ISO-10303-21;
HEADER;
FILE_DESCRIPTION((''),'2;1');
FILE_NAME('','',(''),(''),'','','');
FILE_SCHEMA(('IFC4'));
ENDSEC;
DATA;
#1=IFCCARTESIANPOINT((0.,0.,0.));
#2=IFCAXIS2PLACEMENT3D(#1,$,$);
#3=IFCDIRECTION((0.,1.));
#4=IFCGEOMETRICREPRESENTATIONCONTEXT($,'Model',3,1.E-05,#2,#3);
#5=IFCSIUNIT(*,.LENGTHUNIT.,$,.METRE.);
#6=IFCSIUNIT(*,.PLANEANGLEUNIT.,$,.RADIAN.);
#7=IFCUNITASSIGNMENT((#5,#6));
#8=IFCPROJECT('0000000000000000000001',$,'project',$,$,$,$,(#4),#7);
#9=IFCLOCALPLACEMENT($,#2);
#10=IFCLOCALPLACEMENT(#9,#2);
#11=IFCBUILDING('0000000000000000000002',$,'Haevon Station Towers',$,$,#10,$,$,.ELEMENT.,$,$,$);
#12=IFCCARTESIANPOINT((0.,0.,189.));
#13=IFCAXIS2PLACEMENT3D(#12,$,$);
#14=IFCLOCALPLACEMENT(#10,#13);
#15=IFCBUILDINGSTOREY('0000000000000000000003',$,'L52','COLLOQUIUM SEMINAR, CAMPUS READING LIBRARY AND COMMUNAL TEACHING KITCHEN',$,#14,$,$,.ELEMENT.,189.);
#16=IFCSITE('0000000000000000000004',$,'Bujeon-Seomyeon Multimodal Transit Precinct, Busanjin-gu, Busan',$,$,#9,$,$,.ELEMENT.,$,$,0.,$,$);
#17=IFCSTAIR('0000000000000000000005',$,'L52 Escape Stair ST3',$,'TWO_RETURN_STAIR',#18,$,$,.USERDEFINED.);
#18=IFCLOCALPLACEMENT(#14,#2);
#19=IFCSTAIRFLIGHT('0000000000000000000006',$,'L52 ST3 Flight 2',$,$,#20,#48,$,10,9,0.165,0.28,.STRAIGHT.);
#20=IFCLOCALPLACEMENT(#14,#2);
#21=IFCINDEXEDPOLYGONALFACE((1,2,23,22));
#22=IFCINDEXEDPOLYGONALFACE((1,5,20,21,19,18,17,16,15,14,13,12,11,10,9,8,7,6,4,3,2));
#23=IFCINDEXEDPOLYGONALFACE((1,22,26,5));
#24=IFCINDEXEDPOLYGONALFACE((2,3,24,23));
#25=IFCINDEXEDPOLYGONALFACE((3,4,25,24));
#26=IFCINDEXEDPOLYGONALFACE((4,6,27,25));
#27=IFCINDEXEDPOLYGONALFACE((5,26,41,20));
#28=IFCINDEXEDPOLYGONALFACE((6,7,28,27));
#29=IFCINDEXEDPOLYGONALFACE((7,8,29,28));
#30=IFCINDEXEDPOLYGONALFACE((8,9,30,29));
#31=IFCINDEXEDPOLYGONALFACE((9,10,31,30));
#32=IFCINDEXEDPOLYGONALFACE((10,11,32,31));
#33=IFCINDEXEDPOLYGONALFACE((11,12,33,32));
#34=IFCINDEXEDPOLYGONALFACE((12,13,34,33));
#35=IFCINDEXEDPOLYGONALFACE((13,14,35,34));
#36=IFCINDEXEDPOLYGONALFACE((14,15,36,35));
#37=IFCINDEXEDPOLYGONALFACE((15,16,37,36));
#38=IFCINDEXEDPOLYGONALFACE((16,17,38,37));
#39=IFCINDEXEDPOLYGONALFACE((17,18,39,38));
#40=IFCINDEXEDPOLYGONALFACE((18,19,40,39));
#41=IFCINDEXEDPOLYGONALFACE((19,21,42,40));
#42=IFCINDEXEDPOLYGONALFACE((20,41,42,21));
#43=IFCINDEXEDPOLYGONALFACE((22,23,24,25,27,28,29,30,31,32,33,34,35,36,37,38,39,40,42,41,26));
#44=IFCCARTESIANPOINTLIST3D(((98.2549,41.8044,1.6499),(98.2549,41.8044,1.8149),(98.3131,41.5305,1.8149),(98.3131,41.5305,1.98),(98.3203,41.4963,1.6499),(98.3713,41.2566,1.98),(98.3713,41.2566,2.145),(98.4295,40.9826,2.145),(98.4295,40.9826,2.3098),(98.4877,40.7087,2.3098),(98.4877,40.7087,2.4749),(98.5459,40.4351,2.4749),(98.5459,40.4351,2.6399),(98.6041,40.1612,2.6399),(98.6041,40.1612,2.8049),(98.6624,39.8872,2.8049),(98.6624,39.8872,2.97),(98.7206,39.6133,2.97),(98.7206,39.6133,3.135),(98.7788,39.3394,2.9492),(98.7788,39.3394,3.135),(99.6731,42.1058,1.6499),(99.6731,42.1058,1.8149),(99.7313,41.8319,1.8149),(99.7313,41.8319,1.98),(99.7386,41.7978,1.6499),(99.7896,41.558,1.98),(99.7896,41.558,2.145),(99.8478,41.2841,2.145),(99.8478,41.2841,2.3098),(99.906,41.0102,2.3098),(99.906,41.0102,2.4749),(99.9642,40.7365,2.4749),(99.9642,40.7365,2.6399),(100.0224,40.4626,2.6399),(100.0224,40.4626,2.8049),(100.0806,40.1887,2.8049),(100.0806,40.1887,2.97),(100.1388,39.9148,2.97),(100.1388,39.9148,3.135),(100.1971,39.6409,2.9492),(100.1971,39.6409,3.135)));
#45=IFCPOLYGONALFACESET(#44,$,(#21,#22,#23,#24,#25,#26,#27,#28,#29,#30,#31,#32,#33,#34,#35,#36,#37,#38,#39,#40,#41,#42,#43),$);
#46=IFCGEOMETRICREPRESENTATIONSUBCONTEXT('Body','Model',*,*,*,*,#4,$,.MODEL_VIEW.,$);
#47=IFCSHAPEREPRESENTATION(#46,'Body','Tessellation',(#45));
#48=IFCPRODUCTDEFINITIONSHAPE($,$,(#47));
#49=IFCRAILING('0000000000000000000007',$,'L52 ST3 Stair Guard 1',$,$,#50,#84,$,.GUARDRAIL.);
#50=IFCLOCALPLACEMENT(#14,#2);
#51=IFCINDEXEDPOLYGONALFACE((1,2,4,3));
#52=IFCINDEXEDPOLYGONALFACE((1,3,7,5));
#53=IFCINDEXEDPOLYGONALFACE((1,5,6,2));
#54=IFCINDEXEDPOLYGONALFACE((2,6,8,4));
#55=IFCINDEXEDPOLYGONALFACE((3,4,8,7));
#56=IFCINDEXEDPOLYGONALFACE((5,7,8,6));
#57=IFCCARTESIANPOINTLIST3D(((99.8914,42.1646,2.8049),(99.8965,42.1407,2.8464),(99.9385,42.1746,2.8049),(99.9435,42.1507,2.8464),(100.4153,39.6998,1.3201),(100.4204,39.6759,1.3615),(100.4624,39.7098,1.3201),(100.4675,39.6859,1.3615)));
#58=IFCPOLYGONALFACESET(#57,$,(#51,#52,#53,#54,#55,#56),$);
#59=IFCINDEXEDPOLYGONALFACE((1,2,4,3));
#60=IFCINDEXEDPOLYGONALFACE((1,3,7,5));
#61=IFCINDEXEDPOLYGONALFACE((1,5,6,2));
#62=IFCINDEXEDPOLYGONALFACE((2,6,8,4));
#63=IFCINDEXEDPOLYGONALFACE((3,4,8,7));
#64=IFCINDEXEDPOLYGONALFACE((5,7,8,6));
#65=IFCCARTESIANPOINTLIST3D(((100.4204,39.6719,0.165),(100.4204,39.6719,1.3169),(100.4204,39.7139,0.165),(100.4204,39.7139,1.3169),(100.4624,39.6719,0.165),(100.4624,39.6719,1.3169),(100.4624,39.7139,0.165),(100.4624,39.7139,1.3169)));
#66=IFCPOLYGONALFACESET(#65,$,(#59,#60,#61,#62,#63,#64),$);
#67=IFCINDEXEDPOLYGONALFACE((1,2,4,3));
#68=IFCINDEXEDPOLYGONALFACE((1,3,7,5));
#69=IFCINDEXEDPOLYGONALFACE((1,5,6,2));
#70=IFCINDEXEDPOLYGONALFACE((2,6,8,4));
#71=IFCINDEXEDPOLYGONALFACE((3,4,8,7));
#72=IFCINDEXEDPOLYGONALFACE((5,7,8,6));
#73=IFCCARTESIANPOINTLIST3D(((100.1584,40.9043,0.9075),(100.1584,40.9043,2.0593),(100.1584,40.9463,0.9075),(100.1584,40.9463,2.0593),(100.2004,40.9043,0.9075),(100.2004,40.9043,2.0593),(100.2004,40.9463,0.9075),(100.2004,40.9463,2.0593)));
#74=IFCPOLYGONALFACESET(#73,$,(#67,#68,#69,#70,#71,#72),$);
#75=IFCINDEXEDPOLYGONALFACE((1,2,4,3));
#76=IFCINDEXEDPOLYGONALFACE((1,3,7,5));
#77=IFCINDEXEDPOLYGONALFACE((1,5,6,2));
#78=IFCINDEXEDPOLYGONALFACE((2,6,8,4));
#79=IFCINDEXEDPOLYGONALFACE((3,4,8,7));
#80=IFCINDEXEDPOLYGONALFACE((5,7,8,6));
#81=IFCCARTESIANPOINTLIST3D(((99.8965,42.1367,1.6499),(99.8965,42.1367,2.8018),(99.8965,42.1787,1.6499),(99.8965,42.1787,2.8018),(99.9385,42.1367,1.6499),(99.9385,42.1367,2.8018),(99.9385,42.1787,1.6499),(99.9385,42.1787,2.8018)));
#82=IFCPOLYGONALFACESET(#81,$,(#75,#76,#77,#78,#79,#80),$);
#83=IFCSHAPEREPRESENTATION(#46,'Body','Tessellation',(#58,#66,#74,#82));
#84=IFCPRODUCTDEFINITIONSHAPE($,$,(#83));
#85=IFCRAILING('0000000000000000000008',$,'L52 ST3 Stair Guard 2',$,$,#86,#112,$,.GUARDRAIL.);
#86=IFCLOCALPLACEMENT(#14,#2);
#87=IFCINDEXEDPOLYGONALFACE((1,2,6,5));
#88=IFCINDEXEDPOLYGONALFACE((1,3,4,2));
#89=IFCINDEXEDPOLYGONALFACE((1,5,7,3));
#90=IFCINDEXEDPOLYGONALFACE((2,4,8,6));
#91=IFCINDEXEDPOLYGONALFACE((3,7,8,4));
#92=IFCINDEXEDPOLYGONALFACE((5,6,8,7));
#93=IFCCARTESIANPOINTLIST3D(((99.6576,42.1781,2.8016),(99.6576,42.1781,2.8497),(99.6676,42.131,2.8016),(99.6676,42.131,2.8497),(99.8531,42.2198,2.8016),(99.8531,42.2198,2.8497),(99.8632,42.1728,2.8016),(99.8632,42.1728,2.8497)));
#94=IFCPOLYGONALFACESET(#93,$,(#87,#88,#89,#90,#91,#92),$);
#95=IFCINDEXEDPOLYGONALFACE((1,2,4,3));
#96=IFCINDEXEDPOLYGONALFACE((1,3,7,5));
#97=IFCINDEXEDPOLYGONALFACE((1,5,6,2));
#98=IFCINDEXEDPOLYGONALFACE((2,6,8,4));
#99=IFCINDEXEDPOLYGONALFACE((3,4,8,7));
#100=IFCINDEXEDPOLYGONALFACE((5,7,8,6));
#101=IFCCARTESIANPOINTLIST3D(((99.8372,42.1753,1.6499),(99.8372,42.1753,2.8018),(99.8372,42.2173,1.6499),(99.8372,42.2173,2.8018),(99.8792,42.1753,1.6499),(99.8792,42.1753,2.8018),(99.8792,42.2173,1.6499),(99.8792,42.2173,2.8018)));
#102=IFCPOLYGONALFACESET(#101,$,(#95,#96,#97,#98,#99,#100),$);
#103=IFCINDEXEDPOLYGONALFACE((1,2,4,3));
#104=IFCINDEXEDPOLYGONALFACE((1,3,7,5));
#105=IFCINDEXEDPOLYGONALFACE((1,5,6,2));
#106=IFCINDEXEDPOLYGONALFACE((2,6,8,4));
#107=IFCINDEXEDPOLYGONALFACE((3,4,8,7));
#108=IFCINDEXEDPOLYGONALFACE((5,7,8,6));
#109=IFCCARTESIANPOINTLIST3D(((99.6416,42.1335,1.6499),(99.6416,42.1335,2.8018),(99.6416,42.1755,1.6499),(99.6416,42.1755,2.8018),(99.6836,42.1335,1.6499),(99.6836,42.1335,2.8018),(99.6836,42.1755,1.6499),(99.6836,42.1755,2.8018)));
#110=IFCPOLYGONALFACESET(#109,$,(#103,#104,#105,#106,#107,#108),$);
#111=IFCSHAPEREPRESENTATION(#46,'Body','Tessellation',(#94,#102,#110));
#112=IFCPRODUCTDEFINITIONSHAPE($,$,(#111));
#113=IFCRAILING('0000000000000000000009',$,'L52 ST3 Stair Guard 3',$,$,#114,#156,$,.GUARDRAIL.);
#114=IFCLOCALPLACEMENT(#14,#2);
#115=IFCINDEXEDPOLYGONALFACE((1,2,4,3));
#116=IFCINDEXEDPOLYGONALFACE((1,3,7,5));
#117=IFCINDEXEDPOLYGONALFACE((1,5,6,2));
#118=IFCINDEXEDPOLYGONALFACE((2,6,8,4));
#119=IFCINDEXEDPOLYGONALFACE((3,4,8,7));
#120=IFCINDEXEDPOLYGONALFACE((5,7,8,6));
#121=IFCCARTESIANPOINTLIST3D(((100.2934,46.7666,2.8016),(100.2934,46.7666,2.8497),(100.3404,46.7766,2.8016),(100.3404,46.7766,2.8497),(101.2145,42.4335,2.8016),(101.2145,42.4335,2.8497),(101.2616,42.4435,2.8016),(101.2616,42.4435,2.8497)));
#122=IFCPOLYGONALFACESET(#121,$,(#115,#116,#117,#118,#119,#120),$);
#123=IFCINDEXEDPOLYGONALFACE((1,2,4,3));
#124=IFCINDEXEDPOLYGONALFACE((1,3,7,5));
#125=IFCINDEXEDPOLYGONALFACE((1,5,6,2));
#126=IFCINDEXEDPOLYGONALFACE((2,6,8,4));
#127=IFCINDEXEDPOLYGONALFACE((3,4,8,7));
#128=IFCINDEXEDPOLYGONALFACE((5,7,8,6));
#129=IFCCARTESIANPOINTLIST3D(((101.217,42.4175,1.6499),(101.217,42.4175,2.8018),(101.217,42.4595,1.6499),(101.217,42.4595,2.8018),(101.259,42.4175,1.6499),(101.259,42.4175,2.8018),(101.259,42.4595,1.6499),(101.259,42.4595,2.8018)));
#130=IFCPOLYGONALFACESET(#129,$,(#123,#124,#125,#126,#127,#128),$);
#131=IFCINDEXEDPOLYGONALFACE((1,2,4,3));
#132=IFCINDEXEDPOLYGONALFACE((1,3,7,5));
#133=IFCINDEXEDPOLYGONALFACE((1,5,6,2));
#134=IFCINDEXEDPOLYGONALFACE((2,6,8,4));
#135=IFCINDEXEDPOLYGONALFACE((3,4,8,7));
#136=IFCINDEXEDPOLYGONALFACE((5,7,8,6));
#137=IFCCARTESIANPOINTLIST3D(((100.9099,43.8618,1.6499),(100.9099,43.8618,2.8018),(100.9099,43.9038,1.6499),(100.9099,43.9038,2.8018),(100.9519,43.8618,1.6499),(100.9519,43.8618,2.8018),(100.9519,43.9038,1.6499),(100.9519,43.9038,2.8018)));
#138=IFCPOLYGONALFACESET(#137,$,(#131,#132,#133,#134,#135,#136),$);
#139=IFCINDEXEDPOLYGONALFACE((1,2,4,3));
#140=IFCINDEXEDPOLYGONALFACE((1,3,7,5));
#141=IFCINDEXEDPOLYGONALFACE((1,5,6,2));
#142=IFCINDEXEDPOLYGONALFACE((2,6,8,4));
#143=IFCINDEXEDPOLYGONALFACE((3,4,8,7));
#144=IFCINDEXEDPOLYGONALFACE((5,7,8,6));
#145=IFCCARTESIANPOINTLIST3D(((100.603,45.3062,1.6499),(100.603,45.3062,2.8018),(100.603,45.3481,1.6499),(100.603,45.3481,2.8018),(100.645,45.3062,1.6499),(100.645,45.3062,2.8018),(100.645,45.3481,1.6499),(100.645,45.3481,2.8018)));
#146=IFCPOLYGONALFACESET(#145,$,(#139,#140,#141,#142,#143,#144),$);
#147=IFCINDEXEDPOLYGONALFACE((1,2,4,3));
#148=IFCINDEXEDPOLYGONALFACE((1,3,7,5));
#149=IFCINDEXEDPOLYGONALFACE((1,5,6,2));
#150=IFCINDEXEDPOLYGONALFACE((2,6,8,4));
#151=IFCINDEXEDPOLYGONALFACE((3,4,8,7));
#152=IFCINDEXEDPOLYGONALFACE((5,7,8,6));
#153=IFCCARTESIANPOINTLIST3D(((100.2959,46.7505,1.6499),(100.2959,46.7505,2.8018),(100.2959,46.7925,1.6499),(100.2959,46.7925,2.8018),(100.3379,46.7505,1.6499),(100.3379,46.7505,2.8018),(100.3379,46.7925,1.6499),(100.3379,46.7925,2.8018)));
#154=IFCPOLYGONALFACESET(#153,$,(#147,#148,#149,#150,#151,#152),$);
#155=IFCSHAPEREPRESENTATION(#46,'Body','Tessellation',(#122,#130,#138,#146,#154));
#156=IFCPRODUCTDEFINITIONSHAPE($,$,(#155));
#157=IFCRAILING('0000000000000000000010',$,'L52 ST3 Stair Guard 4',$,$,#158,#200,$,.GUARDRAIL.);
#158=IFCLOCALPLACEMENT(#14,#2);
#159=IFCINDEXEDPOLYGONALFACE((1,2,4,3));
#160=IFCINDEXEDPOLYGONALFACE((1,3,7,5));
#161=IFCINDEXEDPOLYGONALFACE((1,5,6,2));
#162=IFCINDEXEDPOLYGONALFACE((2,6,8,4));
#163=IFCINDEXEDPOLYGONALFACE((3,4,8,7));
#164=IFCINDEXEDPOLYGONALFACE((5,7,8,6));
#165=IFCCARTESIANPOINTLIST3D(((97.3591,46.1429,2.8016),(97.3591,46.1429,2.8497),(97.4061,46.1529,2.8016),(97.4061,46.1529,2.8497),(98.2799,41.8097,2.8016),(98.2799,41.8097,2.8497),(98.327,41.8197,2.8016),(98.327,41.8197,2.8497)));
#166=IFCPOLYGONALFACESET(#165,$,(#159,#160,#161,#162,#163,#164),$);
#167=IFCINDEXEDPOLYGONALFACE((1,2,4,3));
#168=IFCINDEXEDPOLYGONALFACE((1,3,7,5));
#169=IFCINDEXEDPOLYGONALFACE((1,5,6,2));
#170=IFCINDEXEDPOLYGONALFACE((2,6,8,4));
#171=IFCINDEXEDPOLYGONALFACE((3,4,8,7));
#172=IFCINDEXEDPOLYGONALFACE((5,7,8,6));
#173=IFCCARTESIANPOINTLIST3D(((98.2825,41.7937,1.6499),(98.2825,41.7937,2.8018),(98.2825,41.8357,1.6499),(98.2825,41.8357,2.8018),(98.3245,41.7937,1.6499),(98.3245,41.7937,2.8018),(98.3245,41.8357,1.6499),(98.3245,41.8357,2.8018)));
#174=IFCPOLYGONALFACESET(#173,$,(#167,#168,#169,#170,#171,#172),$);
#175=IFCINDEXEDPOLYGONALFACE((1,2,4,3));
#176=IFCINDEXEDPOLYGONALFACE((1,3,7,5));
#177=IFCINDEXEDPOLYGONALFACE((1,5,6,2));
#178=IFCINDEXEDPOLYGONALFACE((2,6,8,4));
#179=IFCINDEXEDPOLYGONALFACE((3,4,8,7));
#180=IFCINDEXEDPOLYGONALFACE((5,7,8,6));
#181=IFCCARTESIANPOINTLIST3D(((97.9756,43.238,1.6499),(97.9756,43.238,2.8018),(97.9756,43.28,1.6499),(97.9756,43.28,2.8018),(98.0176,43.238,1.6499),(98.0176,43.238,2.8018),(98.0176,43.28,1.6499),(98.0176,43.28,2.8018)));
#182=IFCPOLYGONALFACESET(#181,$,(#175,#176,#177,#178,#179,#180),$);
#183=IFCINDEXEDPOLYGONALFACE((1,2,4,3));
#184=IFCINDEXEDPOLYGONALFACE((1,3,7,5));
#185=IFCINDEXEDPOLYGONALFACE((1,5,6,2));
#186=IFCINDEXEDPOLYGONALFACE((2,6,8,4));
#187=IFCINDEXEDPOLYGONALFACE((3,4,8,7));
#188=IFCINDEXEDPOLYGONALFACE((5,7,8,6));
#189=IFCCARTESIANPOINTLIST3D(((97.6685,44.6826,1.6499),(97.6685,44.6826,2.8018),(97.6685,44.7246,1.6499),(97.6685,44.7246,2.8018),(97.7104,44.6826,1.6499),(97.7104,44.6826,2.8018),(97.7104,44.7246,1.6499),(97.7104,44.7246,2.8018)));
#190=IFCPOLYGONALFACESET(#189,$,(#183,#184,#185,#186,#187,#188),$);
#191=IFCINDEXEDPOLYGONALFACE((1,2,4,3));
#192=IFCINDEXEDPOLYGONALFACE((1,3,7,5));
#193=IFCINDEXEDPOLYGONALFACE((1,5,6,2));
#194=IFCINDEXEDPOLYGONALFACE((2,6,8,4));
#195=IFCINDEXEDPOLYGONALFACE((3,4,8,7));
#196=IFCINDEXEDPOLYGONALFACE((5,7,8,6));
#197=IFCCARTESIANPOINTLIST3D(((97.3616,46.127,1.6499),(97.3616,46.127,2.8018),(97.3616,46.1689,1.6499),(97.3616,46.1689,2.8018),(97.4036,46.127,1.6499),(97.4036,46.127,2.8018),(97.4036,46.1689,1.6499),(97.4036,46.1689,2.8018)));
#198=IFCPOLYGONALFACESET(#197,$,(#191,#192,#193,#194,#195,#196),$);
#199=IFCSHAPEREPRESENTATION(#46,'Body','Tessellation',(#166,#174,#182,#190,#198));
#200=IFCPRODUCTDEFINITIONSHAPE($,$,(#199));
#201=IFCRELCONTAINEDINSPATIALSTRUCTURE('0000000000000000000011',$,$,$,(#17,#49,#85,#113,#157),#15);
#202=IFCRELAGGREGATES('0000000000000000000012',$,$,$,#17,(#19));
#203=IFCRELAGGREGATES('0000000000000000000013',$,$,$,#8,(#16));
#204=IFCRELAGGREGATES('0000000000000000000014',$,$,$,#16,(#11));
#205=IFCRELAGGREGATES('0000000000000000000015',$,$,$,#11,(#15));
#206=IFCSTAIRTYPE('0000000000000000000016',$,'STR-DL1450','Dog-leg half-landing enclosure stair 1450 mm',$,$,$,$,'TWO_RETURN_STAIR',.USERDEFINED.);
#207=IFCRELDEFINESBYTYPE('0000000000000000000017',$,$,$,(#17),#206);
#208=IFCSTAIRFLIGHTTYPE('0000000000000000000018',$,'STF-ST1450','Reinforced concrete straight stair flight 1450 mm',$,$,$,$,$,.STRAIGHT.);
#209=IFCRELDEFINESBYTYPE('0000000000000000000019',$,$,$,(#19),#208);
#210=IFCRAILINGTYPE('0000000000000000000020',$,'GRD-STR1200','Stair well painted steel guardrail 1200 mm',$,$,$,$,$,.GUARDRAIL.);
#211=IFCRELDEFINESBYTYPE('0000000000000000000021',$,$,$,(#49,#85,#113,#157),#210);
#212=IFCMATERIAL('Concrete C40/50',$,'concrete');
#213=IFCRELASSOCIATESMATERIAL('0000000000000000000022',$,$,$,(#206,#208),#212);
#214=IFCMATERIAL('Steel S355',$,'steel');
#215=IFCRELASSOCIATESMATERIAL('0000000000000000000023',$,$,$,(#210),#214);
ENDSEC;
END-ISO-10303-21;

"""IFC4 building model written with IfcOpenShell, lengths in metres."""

from ifc_helpers import new_model, si_unit, direction, frame, origin, origin_2d, place, context, subcontext, project, spatial, polyline, rectangle, outline, extrude, material, type_object, element, aggregate, save


model = new_model("IFC4")

# Units and contexts
model_context = context("Model", 3, precision=1e-05, world=origin(), true_north=direction((0.0, 1.0)))
body_context = subcontext(model_context, "Body", "Model", "MODEL_VIEW")
ifc_project = project(units=[si_unit("LENGTHUNIT", "METRE"), si_unit("PLANEANGLEUNIT", "RADIAN")], contexts=[model_context])

# Site, building, storey
site_placement = place(None, origin())
site = spatial("IfcSite", under=ifc_project, at=site_placement, Name="Bujeon-Seomyeon Multimodal Transit Precinct, Busanjin-gu, Busan", CompositionType="ELEMENT", RefElevation=0.0)
building_placement = place(site_placement, origin())
building = spatial("IfcBuilding", under=site, at=building_placement, Name="Haevon Station Towers", CompositionType="ELEMENT")
storey_placement = place(building_placement, frame((0.0, 0.0, 189.0)))
storey = spatial("IfcBuildingStorey", under=building, at=storey_placement, Name="L52", Description="COLLOQUIUM SEMINAR, CAMPUS READING LIBRARY AND COMMUNAL TEACHING KITCHEN", CompositionType="ELEMENT", Elevation=189.0)

# Shared definitions
ifc_material_1 = material(Name="Steel S355", Category="steel")

# Shared definitions
ifc_material_2 = material(Name="Concrete C40/50", Category="concrete")

# Stair, stair flight
stair_type = type_object("IfcStairType", Name="STR-DL1450", Description="Dog-leg half-landing enclosure stair 1450 mm", ElementType="TWO_RETURN_STAIR", PredefinedType="USERDEFINED", material=ifc_material_2)
stair_placement = place(storey_placement, origin())
stair = element("IfcStair", 1, at=stair_placement, inside=storey, type_object=stair_type, Name="L52 Escape Stair ST3", ObjectType="TWO_RETURN_STAIR", PredefinedType="USERDEFINED")
stair_flight_type = type_object("IfcStairFlightType", Name="STF-ST1450", Description="Reinforced concrete straight stair flight 1450 mm", PredefinedType="STRAIGHT", material=ifc_material_2)
stair_flight_1_placement = place(storey_placement, frame((98.9639, 41.9551, 1.6499), z_axis=(0.0, 0.0, 1.0), x_axis=(0.207912, -0.978148, 0.0)))
stair_flight_1 = element("IfcStairFlight", 2, at=stair_flight_1_placement, type_object=stair_flight_type, Name="L52 ST3 Flight 2", NumberOfRisers=10, NumberOfTreads=9, PredefinedType="STRAIGHT", RiserHeight=0.165, TreadLength=0.28, context=body_context, shape_type="SweptSolid", body=[
    extrude(outline(polyline([(0.0, 0.0), (0.0, 0.165), (0.28, 0.165), (0.28, 0.3301), (0.5601, 0.3301), (0.5601, 0.4951), (0.8401, 0.4951), (0.8401, 0.6599), (1.1201, 0.6599), (1.1201, 0.825), (1.3999, 0.825), (1.3999, 0.99), (1.6799, 0.99), (1.6799, 1.155), (1.96, 1.155), (1.96, 1.3201), (2.24, 1.3201), (2.24, 1.4851), (2.52, 1.4851), (2.52, 1.6499), (2.52, 1.2993), (0.3149, 0.0), (0.0, 0.0)])), frame((0.0, 0.7251, 0.0), z_axis=(0.0, -1.0, 0.0), x_axis=(1.0, 0.0, 0.0)), (0.0, 0.0, 1.0), 1.45),
])
aggregate(stair, [stair_flight_1])

# Railings
railing_type_1 = type_object("IfcRailingType", Name="GRD-STR1200", Description="Stair well painted steel guardrail 1200 mm", PredefinedType="GUARDRAIL", material=ifc_material_1)
railing_1_placement = place(storey_placement, frame((100.4414, 39.6929, 0.165)))
element("IfcRailing", 3, at=railing_1_placement, inside=storey, type_object=railing_type_1, Name="L52 ST3 Stair Guard 1", PredefinedType="GUARDRAIL", context=body_context, shape_type="SweptSolid", body=[
    extrude(rectangle(XDim=0.0481, YDim=0.0481, at=origin_2d()), frame((0.0, 0.0, 1.1758), z_axis=(-0.179129, 0.842724, 0.507671), x_axis=(-0.978147, -0.207914, 0.0)), (0.0, 0.0, 1.0), 2.9248),
    extrude(rectangle(XDim=0.042, YDim=0.042, at=origin_2d()), origin(), (0.0, 0.0, 1.0), 1.1519),
    extrude(rectangle(XDim=0.042, YDim=0.042, at=origin_2d()), frame((-0.262, 1.2324, 0.7424)), (0.0, 0.0, 1.0), 1.1519),
    extrude(rectangle(XDim=0.042, YDim=0.042, at=origin_2d()), frame((-0.5239, 2.4648, 1.4849)), (0.0, 0.0, 1.0), 1.1519),
])
railing_2_placement = place(storey_placement, frame((99.8582, 42.1963, 1.6499)))
element("IfcRailing", 4, at=railing_2_placement, inside=storey, type_object=railing_type_1, Name="L52 ST3 Stair Guard 2", PredefinedType="GUARDRAIL", context=body_context, shape_type="SweptSolid", body=[
    extrude(rectangle(XDim=0.0481, YDim=0.0481, at=origin_2d()), frame((0.0, 0.0, 1.1758), z_axis=(-0.977963, -0.208779, 0.0), x_axis=(0.208779, -0.977963, 0.0)), (0.0, 0.0, 1.0), 0.2),
    extrude(rectangle(XDim=0.042, YDim=0.042, at=origin_2d()), origin(), (0.0, 0.0, 1.0), 1.1519),
    extrude(rectangle(XDim=0.042, YDim=0.042, at=origin_2d()), frame((-0.1956, -0.0417, 0.0)), (0.0, 0.0, 1.0), 1.1519),
])
railing_3_placement = place(storey_placement, frame((101.238, 42.4385, 1.6499)))
element("IfcRailing", 5, at=railing_3_placement, inside=storey, type_object=railing_type_1, Name="L52 ST3 Stair Guard 3", PredefinedType="GUARDRAIL", context=body_context, shape_type="SweptSolid", body=[
    extrude(rectangle(XDim=0.0481, YDim=0.0481, at=origin_2d()), frame((0.0, 0.0, 1.1758), z_axis=(-0.20794, 0.978141, 0.0), x_axis=(-0.978141, -0.20794, 0.0)), (0.0, 0.0, 1.0), 4.4299),
    extrude(rectangle(XDim=0.042, YDim=0.042, at=origin_2d()), origin(), (0.0, 0.0, 1.0), 1.1519),
    extrude(rectangle(XDim=0.042, YDim=0.042, at=origin_2d()), frame((-0.3071, 1.4443, 0.0)), (0.0, 0.0, 1.0), 1.1519),
    extrude(rectangle(XDim=0.042, YDim=0.042, at=origin_2d()), frame((-0.614, 2.8887, 0.0)), (0.0, 0.0, 1.0), 1.1519),
    extrude(rectangle(XDim=0.042, YDim=0.042, at=origin_2d()), frame((-0.9211, 4.333, 0.0)), (0.0, 0.0, 1.0), 1.1519),
])
railing_4_placement = place(storey_placement, frame((98.3035, 41.8147, 1.6499)))
element("IfcRailing", 6, at=railing_4_placement, inside=storey, type_object=railing_type_1, Name="L52 ST3 Stair Guard 4", PredefinedType="GUARDRAIL", context=body_context, shape_type="SweptSolid", body=[
    extrude(rectangle(XDim=0.0481, YDim=0.0481, at=origin_2d()), frame((0.0, 0.0, 1.1758), z_axis=(-0.207877, 0.978155, 0.0), x_axis=(-0.978155, -0.207877, 0.0)), (0.0, 0.0, 1.0), 4.4299),
    extrude(rectangle(XDim=0.042, YDim=0.042, at=origin_2d()), origin(), (0.0, 0.0, 1.0), 1.1519),
    extrude(rectangle(XDim=0.042, YDim=0.042, at=origin_2d()), frame((-0.3069, 1.4443, 0.0)), (0.0, 0.0, 1.0), 1.1519),
    extrude(rectangle(XDim=0.042, YDim=0.042, at=origin_2d()), frame((-0.614, 2.8889, 0.0)), (0.0, 0.0, 1.0), 1.1519),
    extrude(rectangle(XDim=0.042, YDim=0.042, at=origin_2d()), frame((-0.9209, 4.3333, 0.0)), (0.0, 0.0, 1.0), 1.1519),
])

save(model, "model.ifc")
